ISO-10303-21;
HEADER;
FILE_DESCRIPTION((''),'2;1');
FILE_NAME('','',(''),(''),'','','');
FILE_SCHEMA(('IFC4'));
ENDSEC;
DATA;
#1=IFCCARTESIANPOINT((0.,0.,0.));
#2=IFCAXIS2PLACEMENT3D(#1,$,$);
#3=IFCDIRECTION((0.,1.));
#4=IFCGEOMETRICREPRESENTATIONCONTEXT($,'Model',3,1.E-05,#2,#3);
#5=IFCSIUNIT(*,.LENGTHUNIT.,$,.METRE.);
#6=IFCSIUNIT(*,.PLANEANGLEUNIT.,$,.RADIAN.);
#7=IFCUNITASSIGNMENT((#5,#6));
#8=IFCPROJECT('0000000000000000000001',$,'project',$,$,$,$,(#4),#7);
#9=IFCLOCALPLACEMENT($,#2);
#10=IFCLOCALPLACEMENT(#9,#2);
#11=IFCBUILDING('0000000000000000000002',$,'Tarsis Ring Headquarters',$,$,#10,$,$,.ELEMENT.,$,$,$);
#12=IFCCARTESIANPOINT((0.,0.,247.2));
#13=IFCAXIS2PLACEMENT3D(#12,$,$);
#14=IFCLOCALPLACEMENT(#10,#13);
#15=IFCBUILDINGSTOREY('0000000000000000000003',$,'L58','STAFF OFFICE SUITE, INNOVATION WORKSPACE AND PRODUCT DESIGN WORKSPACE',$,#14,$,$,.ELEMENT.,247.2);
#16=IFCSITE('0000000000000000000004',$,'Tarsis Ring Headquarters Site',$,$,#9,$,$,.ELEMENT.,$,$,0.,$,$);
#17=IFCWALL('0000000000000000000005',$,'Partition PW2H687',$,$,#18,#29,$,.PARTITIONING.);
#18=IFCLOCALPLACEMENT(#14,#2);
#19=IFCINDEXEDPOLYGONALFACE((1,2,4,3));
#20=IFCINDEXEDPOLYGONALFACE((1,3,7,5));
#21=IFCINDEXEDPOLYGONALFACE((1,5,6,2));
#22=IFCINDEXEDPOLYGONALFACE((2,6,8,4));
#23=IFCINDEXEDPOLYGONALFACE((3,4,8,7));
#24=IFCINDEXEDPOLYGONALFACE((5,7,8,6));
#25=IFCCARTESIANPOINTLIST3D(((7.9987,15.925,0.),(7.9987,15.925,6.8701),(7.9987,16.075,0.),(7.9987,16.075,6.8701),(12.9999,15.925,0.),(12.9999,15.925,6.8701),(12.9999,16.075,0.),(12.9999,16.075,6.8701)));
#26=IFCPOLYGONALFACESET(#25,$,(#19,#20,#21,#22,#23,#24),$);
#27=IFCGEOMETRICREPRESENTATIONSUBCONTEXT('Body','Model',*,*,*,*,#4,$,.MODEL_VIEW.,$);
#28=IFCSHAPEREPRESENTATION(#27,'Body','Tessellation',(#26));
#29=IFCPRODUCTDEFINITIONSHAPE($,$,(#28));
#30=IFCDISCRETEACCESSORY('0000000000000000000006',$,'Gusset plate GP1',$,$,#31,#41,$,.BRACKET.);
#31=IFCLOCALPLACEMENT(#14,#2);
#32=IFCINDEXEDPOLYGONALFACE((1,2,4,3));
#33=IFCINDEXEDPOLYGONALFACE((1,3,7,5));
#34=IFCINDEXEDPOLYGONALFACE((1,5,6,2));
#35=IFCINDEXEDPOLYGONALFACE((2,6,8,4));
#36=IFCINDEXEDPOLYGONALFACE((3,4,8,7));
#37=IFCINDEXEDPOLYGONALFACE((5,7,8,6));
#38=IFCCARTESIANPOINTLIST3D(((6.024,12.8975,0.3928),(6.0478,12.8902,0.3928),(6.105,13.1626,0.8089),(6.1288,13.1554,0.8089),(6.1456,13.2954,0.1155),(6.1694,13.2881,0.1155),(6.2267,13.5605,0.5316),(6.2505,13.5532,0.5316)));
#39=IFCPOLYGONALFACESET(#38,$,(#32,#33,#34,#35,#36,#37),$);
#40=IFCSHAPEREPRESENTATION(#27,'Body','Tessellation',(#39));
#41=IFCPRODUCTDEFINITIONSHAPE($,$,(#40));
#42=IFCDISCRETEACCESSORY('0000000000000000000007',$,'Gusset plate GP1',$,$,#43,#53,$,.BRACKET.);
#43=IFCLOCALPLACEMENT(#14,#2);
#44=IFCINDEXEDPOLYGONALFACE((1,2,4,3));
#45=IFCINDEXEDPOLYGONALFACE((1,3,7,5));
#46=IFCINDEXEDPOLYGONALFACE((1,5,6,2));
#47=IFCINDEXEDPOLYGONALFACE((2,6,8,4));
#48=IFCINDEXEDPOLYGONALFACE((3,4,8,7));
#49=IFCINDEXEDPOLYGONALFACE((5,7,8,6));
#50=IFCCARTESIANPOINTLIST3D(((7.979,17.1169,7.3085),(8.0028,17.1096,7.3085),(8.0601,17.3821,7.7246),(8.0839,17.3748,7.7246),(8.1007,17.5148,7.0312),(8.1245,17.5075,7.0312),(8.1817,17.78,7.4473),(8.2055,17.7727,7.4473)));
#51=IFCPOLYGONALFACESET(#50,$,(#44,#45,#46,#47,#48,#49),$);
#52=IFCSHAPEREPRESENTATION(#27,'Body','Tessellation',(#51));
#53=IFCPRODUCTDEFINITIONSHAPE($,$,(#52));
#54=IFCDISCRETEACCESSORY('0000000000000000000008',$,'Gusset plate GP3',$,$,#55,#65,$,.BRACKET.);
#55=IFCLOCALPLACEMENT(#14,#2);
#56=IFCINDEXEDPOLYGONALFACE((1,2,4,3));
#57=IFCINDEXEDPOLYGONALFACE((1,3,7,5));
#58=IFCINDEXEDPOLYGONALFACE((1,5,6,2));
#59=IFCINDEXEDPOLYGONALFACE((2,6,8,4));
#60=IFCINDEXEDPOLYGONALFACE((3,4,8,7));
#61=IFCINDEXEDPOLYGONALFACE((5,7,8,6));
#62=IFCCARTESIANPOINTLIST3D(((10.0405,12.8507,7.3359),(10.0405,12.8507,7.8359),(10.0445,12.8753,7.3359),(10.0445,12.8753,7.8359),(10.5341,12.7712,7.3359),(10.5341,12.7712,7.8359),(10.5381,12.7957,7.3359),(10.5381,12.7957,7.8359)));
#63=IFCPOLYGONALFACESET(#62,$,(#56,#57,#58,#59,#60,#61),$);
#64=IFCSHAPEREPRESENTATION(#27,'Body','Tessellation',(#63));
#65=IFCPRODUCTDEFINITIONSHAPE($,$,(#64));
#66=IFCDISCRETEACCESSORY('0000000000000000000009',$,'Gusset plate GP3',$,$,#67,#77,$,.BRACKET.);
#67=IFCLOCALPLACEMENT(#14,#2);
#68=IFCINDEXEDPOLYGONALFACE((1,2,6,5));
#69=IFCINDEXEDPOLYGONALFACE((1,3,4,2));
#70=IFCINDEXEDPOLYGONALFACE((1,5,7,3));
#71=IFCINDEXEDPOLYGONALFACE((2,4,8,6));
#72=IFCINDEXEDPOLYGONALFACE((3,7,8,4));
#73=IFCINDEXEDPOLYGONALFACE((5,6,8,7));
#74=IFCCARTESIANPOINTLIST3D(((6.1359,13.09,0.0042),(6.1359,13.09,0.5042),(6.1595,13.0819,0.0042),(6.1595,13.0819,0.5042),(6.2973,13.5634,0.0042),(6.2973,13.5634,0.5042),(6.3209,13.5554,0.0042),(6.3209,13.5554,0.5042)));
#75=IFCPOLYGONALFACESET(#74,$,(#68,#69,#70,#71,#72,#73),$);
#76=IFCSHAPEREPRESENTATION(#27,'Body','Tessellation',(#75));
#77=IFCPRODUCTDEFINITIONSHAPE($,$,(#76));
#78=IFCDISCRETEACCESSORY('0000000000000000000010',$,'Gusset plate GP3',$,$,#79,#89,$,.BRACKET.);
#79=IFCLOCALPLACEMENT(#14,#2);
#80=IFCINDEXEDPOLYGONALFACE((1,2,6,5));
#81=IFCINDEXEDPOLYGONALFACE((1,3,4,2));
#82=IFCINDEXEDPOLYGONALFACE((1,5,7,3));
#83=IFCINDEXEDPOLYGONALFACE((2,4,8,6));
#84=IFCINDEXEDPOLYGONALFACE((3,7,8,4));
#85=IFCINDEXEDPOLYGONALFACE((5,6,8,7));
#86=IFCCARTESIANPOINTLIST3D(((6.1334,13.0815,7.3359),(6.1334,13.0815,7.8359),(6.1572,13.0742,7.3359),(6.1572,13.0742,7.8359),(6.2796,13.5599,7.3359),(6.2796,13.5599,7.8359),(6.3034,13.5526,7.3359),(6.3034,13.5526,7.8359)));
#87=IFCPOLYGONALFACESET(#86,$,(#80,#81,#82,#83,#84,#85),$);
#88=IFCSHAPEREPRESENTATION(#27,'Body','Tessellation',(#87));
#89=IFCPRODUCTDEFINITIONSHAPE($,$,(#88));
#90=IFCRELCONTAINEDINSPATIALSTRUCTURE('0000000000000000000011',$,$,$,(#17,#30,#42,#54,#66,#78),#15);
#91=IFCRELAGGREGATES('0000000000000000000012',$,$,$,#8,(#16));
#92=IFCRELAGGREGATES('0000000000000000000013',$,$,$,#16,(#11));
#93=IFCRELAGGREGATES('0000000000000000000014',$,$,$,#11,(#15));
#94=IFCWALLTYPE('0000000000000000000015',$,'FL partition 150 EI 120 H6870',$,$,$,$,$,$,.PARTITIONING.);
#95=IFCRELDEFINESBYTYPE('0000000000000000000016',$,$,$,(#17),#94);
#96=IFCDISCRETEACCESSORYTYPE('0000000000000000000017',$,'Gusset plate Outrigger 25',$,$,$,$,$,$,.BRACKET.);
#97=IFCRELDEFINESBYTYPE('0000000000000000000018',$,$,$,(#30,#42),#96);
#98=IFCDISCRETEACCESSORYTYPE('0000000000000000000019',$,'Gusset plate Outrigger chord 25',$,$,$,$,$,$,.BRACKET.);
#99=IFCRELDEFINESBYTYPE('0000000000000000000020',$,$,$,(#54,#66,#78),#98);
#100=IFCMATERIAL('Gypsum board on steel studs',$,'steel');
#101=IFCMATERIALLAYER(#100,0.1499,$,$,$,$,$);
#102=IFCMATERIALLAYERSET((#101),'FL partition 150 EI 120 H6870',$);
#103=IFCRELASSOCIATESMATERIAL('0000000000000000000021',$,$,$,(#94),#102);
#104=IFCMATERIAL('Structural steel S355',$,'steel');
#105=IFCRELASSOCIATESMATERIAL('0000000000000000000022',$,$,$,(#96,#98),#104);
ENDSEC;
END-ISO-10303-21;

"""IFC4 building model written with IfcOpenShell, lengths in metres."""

from ifc_helpers import new_model, si_unit, direction, frame, frame_2d, origin, origin_2d, place, context, subcontext, project, spatial, rectangle, extrude, material, layer, layer_set, material_profile, profile_set, type_object, element, save


model = new_model("IFC4")

# Units and contexts
model_context = context("Model", 3, precision=1e-05, world=origin(), true_north=direction((0.0, 1.0)))
body_context = subcontext(model_context, "Body", "Model", "MODEL_VIEW")
ifc_project = project(units=[si_unit("LENGTHUNIT", "METRE"), si_unit("PLANEANGLEUNIT", "RADIAN")], contexts=[model_context])

# Site, building, storey
site_placement = place(None, origin())
site = spatial("IfcSite", under=ifc_project, at=site_placement, Name="Tarsis Ring Headquarters Site", CompositionType="ELEMENT", RefElevation=0.0)
building_placement = place(site_placement, origin())
building = spatial("IfcBuilding", under=site, at=building_placement, Name="Tarsis Ring Headquarters", CompositionType="ELEMENT")
storey_placement = place(building_placement, frame((0.0, 0.0, 247.2)))
storey = spatial("IfcBuildingStorey", under=building, at=storey_placement, Name="L58", Description="STAFF OFFICE SUITE, INNOVATION WORKSPACE AND PRODUCT DESIGN WORKSPACE", CompositionType="ELEMENT", Elevation=247.2)

# Shared definitions
ifc_material_1 = material(Name="Structural steel S355", Category="steel")

# Wall
ifc_material_2 = material(Name="Gypsum board on steel studs", Category="steel")
ifc_layer_1 = layer(ifc_material_2, 0.1499)
ifc_layer_set_1 = layer_set([ifc_layer_1], Name="FL partition 150 EI 120 H6870")
wall_type_1 = type_object("IfcWallType", Name="FL partition 150 EI 120 H6870", PredefinedType="PARTITIONING", material=ifc_layer_set_1)
wall_1_placement = place(storey_placement, frame((7.9988, 16.0, 0.0), z_axis=(0.0, 0.0, 1.0), x_axis=(1.0, 0.0, 0.0)))
element("IfcWall", 1, at=wall_1_placement, inside=storey, type_object=wall_type_1, Name="Partition PW2H687", PredefinedType="PARTITIONING", context=body_context, shape_type="SweptSolid", body=[
    extrude(rectangle(XDim=5.0012, YDim=0.1499, at=frame_2d((2.5005, 0.0))), origin(), (0.0, 0.0, 1.0), 6.8701),
])

# Discrete accessories
ifc_material_profile_1 = material_profile(ifc_material_1, rectangle(XDim=0.0249, YDim=0.5, at=origin_2d()), Name="PL 25x500")
ifc_profile_set_1 = profile_set([ifc_material_profile_1], Name="Structural steel S355")
discrete_accessory_type_1 = type_object("IfcDiscreteAccessoryType", Name="Gusset plate Outrigger 25", PredefinedType="BRACKET", material=ifc_profile_set_1)
for number, where, z_axis, x_axis, name in (
    (2, (6.0967, 13.0928, 0.2542), (0.16213, 0.530341, 0.832137), (-0.956311, 0.292353, 0.0), "Gusset plate GP1"),
    (3, (8.1328, 17.5774, 7.5859), (-0.16213, -0.530341, -0.832137), (0.956311, -0.292353, 0.0), "Gusset plate GP1"),
):
    element("IfcDiscreteAccessory", number, at=place(storey_placement, frame(where, z_axis=z_axis, x_axis=x_axis)), inside=storey, type_object=discrete_accessory_type_1, Name=name, PredefinedType="BRACKET", context=body_context, shape_type="SweptSolid", body=[
        extrude(rectangle(XDim=0.0249, YDim=0.5, at=origin_2d()), origin(), (0.0, 0.0, 1.0), 0.5),
    ])
discrete_accessory_type_2 = type_object("IfcDiscreteAccessoryType", Name="Gusset plate Outrigger chord 25", PredefinedType="BRACKET", material=ifc_profile_set_1)
discrete_accessory_placement = place(storey_placement, frame((10.0425, 12.863, 7.5859), z_axis=(0.987251, -0.159171, 0.0), x_axis=(0.159171, 0.987251, 0.0)))
element("IfcDiscreteAccessory", 4, at=discrete_accessory_placement, inside=storey, type_object=discrete_accessory_type_2, Name="Gusset plate GP3", PredefinedType="BRACKET", context=body_context, shape_type="SweptSolid", body=[
    extrude(rectangle(XDim=0.0249, YDim=0.5, at=origin_2d()), origin(), (0.0, 0.0, 1.0), 0.5),
])
for number, where, z_axis, x_axis, name in (
    (5, (6.1477, 13.0859, 0.2542), (0.322664, 0.946514, 0.0), (-0.946514, 0.322664, 0.0), "Gusset plate GP3"),
    (6, (6.1453, 13.0779, 7.5859), (0.292405, 0.956295, 0.0), (-0.956295, 0.292405, 0.0), "Gusset plate GP3"),
):
    element("IfcDiscreteAccessory", number, at=place(storey_placement, frame(where, z_axis=z_axis, x_axis=x_axis)), inside=storey, type_object=discrete_accessory_type_2, Name=name, PredefinedType="BRACKET", context=body_context, shape_type="SweptSolid", body=[
        extrude(rectangle(XDim=0.0249, YDim=0.5, at=origin_2d()), origin(), (0.0, 0.0, 1.0), 0.5002),
    ])

save(model, "model.ifc")
